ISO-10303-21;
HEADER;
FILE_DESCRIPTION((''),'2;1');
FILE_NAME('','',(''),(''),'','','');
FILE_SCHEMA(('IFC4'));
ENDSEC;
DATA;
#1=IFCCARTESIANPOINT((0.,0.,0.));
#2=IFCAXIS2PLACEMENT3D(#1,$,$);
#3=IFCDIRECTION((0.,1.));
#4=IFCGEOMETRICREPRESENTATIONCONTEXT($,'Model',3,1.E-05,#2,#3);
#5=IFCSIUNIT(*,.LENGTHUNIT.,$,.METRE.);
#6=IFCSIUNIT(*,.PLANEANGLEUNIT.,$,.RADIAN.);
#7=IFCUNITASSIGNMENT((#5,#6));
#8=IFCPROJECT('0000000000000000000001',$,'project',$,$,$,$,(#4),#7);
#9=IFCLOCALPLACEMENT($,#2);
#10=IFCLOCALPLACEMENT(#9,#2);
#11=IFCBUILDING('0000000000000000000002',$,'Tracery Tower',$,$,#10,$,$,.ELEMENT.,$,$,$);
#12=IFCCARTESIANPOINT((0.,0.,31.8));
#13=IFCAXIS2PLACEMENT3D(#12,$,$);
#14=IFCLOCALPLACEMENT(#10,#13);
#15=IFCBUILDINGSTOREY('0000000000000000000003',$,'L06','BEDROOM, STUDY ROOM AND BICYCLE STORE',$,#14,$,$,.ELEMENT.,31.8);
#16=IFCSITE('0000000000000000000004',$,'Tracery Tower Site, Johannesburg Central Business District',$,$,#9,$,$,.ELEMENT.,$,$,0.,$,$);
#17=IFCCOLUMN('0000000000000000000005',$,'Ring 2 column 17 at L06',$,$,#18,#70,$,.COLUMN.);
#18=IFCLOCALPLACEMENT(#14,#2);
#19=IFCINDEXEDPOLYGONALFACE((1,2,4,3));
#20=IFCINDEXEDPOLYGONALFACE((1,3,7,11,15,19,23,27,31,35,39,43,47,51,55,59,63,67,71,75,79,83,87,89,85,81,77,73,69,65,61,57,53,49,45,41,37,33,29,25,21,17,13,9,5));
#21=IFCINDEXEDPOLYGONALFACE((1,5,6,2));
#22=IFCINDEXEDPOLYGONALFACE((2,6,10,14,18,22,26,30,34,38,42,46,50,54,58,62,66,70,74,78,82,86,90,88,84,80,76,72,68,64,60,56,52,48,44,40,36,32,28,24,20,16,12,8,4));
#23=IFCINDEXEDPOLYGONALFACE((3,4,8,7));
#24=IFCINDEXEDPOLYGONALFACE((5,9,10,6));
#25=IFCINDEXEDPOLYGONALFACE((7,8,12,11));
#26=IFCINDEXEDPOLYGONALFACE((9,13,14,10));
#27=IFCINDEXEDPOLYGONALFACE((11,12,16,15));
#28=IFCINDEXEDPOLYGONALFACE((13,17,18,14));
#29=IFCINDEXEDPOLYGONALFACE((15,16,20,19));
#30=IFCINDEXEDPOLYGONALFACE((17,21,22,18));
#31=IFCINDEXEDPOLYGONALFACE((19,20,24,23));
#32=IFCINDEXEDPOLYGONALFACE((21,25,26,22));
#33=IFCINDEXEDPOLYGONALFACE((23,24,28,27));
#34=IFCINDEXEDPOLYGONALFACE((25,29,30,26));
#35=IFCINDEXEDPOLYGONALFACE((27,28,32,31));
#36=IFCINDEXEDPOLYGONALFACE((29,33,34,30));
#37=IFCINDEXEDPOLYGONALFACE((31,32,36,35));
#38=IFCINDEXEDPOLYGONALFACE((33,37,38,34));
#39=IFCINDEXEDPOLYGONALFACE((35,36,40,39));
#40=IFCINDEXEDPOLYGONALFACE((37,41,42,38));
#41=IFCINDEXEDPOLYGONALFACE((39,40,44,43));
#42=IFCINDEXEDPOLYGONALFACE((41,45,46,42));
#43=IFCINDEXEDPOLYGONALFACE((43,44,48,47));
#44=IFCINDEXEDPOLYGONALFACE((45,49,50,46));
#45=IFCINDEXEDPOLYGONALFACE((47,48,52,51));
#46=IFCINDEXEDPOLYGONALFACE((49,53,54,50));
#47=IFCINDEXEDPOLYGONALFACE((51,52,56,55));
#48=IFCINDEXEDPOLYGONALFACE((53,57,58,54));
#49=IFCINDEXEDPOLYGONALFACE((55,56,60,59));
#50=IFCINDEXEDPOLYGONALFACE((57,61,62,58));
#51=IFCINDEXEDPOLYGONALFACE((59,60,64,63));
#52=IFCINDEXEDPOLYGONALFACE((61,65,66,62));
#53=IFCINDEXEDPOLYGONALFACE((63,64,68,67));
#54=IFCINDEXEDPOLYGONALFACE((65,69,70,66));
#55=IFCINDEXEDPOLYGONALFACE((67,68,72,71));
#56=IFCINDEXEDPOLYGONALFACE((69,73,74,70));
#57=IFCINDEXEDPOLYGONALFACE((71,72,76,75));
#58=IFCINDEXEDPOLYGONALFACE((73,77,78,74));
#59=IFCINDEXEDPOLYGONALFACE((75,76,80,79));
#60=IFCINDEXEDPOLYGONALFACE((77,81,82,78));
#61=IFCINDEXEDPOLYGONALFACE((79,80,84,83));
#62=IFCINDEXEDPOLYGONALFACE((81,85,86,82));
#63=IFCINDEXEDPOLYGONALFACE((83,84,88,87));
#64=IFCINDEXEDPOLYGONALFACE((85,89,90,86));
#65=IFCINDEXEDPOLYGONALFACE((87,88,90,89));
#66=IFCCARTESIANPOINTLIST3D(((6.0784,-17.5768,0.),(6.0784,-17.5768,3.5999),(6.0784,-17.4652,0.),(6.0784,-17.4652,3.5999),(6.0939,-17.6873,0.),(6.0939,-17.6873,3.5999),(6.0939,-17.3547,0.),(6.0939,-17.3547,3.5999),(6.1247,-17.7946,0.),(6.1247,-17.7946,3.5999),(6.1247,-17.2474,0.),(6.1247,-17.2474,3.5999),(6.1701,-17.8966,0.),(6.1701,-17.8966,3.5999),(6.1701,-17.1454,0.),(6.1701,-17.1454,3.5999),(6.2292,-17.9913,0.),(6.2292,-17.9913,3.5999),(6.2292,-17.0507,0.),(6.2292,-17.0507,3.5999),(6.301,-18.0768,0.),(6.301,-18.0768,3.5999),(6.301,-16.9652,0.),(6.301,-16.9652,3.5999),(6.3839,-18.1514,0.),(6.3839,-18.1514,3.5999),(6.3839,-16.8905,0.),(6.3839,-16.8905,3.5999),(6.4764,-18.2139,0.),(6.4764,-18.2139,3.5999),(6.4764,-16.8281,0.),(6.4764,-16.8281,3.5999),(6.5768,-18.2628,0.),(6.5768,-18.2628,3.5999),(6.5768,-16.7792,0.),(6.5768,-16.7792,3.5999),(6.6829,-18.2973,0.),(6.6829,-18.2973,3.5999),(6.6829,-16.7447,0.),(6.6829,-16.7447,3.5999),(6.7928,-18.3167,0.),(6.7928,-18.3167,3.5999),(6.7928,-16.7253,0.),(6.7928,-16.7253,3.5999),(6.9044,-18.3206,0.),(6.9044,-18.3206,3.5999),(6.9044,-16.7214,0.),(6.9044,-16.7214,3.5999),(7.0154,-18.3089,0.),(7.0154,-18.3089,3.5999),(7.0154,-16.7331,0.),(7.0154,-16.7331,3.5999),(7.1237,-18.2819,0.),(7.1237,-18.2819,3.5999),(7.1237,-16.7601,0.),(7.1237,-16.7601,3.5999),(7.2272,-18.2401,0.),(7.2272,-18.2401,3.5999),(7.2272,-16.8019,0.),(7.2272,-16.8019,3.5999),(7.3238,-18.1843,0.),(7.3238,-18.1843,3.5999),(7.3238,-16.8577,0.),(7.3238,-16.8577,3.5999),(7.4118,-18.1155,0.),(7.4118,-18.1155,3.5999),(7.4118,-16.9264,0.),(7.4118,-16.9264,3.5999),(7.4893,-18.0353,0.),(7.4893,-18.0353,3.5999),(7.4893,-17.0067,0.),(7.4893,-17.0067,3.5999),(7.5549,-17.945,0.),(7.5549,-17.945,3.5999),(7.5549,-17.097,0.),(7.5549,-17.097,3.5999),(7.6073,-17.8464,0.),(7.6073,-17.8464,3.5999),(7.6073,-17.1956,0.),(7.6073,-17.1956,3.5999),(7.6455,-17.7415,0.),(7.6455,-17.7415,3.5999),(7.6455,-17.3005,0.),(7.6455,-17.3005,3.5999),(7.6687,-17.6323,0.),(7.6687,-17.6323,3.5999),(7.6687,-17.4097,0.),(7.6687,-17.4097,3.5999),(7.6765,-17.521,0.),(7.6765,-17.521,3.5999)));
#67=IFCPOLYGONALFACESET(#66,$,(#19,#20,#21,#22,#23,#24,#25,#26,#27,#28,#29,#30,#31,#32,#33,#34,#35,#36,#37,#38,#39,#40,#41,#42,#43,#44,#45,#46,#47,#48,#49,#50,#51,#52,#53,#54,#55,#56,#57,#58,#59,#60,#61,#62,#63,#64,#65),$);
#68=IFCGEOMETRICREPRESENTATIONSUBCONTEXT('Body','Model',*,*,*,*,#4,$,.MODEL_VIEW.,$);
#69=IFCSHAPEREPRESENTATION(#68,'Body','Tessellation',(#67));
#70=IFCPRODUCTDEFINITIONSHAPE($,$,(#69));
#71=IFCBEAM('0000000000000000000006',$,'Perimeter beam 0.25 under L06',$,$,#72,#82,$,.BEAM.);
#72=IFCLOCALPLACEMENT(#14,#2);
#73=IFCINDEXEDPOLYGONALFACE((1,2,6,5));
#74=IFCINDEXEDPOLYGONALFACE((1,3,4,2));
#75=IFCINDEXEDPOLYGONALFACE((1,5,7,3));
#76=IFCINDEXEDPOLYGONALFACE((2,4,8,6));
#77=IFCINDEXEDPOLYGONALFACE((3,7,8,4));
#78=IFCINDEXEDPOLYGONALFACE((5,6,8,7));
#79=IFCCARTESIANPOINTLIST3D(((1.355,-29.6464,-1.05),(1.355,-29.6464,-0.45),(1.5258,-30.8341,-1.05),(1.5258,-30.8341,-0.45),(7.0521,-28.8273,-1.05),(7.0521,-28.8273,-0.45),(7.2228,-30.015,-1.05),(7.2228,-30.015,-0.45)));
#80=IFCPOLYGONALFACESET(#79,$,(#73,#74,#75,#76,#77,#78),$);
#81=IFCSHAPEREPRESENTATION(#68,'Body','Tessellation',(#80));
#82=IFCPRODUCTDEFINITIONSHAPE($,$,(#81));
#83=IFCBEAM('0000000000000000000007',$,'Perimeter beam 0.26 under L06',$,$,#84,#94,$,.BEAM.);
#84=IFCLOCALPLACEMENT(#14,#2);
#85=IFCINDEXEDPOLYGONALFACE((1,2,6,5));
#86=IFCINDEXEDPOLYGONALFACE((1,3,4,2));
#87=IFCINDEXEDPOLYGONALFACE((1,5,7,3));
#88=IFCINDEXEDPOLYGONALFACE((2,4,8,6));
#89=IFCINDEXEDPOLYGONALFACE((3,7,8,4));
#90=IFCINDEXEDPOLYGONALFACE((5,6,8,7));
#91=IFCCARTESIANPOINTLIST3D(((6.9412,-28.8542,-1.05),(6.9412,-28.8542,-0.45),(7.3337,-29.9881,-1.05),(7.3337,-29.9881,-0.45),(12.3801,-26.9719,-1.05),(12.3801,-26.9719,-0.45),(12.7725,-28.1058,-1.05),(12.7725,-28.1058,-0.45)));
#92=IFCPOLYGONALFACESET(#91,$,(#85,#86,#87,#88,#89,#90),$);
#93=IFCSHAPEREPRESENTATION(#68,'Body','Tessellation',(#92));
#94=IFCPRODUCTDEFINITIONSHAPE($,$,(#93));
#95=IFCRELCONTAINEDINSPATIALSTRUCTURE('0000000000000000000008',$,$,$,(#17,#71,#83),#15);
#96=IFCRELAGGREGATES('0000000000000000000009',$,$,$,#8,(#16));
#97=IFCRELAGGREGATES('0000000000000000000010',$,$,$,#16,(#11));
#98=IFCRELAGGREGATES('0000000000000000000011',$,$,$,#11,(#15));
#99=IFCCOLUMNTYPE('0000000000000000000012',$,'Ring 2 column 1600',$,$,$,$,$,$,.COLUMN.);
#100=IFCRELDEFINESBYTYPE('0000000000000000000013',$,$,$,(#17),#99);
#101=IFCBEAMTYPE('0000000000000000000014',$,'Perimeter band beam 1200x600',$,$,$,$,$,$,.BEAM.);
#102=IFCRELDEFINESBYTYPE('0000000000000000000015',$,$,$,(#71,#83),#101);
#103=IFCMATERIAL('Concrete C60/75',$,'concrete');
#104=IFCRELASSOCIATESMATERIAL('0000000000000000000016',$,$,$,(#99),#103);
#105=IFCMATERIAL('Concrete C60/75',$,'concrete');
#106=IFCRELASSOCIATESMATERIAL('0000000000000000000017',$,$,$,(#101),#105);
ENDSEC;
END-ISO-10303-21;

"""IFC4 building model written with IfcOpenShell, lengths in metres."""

from ifc_helpers import new_model, si_unit, direction, frame, origin, origin_2d, place, context, subcontext, project, spatial, rectangle, circle, extrude, material, material_profile, profile_set, type_object, element, save


model = new_model("IFC4")

# Units and contexts
model_context = context("Model", 3, precision=1e-05, world=origin(), true_north=direction((0.0, 1.0)))
body_context = subcontext(model_context, "Body", "Model", "MODEL_VIEW")
ifc_project = project(units=[si_unit("LENGTHUNIT", "METRE"), si_unit("PLANEANGLEUNIT", "RADIAN")], contexts=[model_context])

# Site, building, storey
site_placement = place(None, origin())
site = spatial("IfcSite", under=ifc_project, at=site_placement, Name="Tracery Tower Site, Johannesburg Central Business District", CompositionType="ELEMENT", RefElevation=0.0)
building_placement = place(site_placement, origin())
building = spatial("IfcBuilding", under=site, at=building_placement, Name="Tracery Tower", CompositionType="ELEMENT")
storey_placement = place(building_placement, frame((0.0, 0.0, 31.8)))
storey = spatial("IfcBuildingStorey", under=building, at=storey_placement, Name="L06", Description="BEDROOM, STUDY ROOM AND BICYCLE STORE", CompositionType="ELEMENT", Elevation=31.8)

# Column
ifc_material_1 = material(Name="Concrete C60/75", Category="concrete")
ifc_material_profile_1 = material_profile(ifc_material_1, circle(Radius=0.8, at=origin_2d()), Name="RC D1600")
ifc_profile_set_1 = profile_set([ifc_material_profile_1], Name="Concrete C60/75")
column_type_1 = type_object("IfcColumnType", Name="Ring 2 column 1600", PredefinedType="COLUMN", material=ifc_profile_set_1)
for number, where, z_axis, x_axis, name in (
    (1, (6.8765, -17.521, 0.0), (0.0, 0.0, 1.0), (1.0, 0.0, 0.0), "Ring 2 column 17 at L06"),
):
    element("IfcColumn", number, at=place(storey_placement, frame(where, z_axis=z_axis, x_axis=x_axis)), inside=storey, type_object=column_type_1, Name=name, PredefinedType="COLUMN", context=body_context, shape_type="SweptSolid", body=[
        extrude(circle(Radius=0.8, at=origin_2d()), origin(), (0.0, 0.0, 1.0), 3.5999),
    ])

# Beams
ifc_material_2 = material(Name="Concrete C60/75", Category="concrete")
ifc_material_profile_2 = material_profile(ifc_material_2, rectangle(XDim=1.2, YDim=0.6001, at=origin_2d()), Name="RC 1200x600")
ifc_profile_set_2 = profile_set([ifc_material_profile_2], Name="Concrete C60/75")
beam_type = type_object("IfcBeamType", Name="Perimeter band beam 1200x600", PredefinedType="BEAM", material=ifc_profile_set_2)
beam_1_placement = place(storey_placement, frame((1.4404, -30.2402, -0.75), z_axis=(0.989822, 0.142312, 0.0), x_axis=(-0.142312, 0.989822, 0.0)))
element("IfcBeam", 2, at=beam_1_placement, inside=storey, type_object=beam_type, Name="Perimeter beam 0.25 under L06", PredefinedType="BEAM", context=body_context, shape_type="SweptSolid", body=[
    extrude(rectangle(XDim=1.2, YDim=0.6001, at=origin_2d()), origin(), (0.0, 0.0, 1.0), 5.7556),
])
beam_2_placement = place(storey_placement, frame((7.1375, -29.4211, -0.75), z_axis=(0.945007, 0.327049, 0.0), x_axis=(-0.327049, 0.945007, 0.0)))
element("IfcBeam", 3, at=beam_2_placement, inside=storey, type_object=beam_type, Name="Perimeter beam 0.26 under L06", PredefinedType="BEAM", context=body_context, shape_type="SweptSolid", body=[
    extrude(rectangle(XDim=1.2, YDim=0.6001, at=origin_2d()), origin(), (0.0, 0.0, 1.0), 5.7554),
])

save(model, "model.ifc")
